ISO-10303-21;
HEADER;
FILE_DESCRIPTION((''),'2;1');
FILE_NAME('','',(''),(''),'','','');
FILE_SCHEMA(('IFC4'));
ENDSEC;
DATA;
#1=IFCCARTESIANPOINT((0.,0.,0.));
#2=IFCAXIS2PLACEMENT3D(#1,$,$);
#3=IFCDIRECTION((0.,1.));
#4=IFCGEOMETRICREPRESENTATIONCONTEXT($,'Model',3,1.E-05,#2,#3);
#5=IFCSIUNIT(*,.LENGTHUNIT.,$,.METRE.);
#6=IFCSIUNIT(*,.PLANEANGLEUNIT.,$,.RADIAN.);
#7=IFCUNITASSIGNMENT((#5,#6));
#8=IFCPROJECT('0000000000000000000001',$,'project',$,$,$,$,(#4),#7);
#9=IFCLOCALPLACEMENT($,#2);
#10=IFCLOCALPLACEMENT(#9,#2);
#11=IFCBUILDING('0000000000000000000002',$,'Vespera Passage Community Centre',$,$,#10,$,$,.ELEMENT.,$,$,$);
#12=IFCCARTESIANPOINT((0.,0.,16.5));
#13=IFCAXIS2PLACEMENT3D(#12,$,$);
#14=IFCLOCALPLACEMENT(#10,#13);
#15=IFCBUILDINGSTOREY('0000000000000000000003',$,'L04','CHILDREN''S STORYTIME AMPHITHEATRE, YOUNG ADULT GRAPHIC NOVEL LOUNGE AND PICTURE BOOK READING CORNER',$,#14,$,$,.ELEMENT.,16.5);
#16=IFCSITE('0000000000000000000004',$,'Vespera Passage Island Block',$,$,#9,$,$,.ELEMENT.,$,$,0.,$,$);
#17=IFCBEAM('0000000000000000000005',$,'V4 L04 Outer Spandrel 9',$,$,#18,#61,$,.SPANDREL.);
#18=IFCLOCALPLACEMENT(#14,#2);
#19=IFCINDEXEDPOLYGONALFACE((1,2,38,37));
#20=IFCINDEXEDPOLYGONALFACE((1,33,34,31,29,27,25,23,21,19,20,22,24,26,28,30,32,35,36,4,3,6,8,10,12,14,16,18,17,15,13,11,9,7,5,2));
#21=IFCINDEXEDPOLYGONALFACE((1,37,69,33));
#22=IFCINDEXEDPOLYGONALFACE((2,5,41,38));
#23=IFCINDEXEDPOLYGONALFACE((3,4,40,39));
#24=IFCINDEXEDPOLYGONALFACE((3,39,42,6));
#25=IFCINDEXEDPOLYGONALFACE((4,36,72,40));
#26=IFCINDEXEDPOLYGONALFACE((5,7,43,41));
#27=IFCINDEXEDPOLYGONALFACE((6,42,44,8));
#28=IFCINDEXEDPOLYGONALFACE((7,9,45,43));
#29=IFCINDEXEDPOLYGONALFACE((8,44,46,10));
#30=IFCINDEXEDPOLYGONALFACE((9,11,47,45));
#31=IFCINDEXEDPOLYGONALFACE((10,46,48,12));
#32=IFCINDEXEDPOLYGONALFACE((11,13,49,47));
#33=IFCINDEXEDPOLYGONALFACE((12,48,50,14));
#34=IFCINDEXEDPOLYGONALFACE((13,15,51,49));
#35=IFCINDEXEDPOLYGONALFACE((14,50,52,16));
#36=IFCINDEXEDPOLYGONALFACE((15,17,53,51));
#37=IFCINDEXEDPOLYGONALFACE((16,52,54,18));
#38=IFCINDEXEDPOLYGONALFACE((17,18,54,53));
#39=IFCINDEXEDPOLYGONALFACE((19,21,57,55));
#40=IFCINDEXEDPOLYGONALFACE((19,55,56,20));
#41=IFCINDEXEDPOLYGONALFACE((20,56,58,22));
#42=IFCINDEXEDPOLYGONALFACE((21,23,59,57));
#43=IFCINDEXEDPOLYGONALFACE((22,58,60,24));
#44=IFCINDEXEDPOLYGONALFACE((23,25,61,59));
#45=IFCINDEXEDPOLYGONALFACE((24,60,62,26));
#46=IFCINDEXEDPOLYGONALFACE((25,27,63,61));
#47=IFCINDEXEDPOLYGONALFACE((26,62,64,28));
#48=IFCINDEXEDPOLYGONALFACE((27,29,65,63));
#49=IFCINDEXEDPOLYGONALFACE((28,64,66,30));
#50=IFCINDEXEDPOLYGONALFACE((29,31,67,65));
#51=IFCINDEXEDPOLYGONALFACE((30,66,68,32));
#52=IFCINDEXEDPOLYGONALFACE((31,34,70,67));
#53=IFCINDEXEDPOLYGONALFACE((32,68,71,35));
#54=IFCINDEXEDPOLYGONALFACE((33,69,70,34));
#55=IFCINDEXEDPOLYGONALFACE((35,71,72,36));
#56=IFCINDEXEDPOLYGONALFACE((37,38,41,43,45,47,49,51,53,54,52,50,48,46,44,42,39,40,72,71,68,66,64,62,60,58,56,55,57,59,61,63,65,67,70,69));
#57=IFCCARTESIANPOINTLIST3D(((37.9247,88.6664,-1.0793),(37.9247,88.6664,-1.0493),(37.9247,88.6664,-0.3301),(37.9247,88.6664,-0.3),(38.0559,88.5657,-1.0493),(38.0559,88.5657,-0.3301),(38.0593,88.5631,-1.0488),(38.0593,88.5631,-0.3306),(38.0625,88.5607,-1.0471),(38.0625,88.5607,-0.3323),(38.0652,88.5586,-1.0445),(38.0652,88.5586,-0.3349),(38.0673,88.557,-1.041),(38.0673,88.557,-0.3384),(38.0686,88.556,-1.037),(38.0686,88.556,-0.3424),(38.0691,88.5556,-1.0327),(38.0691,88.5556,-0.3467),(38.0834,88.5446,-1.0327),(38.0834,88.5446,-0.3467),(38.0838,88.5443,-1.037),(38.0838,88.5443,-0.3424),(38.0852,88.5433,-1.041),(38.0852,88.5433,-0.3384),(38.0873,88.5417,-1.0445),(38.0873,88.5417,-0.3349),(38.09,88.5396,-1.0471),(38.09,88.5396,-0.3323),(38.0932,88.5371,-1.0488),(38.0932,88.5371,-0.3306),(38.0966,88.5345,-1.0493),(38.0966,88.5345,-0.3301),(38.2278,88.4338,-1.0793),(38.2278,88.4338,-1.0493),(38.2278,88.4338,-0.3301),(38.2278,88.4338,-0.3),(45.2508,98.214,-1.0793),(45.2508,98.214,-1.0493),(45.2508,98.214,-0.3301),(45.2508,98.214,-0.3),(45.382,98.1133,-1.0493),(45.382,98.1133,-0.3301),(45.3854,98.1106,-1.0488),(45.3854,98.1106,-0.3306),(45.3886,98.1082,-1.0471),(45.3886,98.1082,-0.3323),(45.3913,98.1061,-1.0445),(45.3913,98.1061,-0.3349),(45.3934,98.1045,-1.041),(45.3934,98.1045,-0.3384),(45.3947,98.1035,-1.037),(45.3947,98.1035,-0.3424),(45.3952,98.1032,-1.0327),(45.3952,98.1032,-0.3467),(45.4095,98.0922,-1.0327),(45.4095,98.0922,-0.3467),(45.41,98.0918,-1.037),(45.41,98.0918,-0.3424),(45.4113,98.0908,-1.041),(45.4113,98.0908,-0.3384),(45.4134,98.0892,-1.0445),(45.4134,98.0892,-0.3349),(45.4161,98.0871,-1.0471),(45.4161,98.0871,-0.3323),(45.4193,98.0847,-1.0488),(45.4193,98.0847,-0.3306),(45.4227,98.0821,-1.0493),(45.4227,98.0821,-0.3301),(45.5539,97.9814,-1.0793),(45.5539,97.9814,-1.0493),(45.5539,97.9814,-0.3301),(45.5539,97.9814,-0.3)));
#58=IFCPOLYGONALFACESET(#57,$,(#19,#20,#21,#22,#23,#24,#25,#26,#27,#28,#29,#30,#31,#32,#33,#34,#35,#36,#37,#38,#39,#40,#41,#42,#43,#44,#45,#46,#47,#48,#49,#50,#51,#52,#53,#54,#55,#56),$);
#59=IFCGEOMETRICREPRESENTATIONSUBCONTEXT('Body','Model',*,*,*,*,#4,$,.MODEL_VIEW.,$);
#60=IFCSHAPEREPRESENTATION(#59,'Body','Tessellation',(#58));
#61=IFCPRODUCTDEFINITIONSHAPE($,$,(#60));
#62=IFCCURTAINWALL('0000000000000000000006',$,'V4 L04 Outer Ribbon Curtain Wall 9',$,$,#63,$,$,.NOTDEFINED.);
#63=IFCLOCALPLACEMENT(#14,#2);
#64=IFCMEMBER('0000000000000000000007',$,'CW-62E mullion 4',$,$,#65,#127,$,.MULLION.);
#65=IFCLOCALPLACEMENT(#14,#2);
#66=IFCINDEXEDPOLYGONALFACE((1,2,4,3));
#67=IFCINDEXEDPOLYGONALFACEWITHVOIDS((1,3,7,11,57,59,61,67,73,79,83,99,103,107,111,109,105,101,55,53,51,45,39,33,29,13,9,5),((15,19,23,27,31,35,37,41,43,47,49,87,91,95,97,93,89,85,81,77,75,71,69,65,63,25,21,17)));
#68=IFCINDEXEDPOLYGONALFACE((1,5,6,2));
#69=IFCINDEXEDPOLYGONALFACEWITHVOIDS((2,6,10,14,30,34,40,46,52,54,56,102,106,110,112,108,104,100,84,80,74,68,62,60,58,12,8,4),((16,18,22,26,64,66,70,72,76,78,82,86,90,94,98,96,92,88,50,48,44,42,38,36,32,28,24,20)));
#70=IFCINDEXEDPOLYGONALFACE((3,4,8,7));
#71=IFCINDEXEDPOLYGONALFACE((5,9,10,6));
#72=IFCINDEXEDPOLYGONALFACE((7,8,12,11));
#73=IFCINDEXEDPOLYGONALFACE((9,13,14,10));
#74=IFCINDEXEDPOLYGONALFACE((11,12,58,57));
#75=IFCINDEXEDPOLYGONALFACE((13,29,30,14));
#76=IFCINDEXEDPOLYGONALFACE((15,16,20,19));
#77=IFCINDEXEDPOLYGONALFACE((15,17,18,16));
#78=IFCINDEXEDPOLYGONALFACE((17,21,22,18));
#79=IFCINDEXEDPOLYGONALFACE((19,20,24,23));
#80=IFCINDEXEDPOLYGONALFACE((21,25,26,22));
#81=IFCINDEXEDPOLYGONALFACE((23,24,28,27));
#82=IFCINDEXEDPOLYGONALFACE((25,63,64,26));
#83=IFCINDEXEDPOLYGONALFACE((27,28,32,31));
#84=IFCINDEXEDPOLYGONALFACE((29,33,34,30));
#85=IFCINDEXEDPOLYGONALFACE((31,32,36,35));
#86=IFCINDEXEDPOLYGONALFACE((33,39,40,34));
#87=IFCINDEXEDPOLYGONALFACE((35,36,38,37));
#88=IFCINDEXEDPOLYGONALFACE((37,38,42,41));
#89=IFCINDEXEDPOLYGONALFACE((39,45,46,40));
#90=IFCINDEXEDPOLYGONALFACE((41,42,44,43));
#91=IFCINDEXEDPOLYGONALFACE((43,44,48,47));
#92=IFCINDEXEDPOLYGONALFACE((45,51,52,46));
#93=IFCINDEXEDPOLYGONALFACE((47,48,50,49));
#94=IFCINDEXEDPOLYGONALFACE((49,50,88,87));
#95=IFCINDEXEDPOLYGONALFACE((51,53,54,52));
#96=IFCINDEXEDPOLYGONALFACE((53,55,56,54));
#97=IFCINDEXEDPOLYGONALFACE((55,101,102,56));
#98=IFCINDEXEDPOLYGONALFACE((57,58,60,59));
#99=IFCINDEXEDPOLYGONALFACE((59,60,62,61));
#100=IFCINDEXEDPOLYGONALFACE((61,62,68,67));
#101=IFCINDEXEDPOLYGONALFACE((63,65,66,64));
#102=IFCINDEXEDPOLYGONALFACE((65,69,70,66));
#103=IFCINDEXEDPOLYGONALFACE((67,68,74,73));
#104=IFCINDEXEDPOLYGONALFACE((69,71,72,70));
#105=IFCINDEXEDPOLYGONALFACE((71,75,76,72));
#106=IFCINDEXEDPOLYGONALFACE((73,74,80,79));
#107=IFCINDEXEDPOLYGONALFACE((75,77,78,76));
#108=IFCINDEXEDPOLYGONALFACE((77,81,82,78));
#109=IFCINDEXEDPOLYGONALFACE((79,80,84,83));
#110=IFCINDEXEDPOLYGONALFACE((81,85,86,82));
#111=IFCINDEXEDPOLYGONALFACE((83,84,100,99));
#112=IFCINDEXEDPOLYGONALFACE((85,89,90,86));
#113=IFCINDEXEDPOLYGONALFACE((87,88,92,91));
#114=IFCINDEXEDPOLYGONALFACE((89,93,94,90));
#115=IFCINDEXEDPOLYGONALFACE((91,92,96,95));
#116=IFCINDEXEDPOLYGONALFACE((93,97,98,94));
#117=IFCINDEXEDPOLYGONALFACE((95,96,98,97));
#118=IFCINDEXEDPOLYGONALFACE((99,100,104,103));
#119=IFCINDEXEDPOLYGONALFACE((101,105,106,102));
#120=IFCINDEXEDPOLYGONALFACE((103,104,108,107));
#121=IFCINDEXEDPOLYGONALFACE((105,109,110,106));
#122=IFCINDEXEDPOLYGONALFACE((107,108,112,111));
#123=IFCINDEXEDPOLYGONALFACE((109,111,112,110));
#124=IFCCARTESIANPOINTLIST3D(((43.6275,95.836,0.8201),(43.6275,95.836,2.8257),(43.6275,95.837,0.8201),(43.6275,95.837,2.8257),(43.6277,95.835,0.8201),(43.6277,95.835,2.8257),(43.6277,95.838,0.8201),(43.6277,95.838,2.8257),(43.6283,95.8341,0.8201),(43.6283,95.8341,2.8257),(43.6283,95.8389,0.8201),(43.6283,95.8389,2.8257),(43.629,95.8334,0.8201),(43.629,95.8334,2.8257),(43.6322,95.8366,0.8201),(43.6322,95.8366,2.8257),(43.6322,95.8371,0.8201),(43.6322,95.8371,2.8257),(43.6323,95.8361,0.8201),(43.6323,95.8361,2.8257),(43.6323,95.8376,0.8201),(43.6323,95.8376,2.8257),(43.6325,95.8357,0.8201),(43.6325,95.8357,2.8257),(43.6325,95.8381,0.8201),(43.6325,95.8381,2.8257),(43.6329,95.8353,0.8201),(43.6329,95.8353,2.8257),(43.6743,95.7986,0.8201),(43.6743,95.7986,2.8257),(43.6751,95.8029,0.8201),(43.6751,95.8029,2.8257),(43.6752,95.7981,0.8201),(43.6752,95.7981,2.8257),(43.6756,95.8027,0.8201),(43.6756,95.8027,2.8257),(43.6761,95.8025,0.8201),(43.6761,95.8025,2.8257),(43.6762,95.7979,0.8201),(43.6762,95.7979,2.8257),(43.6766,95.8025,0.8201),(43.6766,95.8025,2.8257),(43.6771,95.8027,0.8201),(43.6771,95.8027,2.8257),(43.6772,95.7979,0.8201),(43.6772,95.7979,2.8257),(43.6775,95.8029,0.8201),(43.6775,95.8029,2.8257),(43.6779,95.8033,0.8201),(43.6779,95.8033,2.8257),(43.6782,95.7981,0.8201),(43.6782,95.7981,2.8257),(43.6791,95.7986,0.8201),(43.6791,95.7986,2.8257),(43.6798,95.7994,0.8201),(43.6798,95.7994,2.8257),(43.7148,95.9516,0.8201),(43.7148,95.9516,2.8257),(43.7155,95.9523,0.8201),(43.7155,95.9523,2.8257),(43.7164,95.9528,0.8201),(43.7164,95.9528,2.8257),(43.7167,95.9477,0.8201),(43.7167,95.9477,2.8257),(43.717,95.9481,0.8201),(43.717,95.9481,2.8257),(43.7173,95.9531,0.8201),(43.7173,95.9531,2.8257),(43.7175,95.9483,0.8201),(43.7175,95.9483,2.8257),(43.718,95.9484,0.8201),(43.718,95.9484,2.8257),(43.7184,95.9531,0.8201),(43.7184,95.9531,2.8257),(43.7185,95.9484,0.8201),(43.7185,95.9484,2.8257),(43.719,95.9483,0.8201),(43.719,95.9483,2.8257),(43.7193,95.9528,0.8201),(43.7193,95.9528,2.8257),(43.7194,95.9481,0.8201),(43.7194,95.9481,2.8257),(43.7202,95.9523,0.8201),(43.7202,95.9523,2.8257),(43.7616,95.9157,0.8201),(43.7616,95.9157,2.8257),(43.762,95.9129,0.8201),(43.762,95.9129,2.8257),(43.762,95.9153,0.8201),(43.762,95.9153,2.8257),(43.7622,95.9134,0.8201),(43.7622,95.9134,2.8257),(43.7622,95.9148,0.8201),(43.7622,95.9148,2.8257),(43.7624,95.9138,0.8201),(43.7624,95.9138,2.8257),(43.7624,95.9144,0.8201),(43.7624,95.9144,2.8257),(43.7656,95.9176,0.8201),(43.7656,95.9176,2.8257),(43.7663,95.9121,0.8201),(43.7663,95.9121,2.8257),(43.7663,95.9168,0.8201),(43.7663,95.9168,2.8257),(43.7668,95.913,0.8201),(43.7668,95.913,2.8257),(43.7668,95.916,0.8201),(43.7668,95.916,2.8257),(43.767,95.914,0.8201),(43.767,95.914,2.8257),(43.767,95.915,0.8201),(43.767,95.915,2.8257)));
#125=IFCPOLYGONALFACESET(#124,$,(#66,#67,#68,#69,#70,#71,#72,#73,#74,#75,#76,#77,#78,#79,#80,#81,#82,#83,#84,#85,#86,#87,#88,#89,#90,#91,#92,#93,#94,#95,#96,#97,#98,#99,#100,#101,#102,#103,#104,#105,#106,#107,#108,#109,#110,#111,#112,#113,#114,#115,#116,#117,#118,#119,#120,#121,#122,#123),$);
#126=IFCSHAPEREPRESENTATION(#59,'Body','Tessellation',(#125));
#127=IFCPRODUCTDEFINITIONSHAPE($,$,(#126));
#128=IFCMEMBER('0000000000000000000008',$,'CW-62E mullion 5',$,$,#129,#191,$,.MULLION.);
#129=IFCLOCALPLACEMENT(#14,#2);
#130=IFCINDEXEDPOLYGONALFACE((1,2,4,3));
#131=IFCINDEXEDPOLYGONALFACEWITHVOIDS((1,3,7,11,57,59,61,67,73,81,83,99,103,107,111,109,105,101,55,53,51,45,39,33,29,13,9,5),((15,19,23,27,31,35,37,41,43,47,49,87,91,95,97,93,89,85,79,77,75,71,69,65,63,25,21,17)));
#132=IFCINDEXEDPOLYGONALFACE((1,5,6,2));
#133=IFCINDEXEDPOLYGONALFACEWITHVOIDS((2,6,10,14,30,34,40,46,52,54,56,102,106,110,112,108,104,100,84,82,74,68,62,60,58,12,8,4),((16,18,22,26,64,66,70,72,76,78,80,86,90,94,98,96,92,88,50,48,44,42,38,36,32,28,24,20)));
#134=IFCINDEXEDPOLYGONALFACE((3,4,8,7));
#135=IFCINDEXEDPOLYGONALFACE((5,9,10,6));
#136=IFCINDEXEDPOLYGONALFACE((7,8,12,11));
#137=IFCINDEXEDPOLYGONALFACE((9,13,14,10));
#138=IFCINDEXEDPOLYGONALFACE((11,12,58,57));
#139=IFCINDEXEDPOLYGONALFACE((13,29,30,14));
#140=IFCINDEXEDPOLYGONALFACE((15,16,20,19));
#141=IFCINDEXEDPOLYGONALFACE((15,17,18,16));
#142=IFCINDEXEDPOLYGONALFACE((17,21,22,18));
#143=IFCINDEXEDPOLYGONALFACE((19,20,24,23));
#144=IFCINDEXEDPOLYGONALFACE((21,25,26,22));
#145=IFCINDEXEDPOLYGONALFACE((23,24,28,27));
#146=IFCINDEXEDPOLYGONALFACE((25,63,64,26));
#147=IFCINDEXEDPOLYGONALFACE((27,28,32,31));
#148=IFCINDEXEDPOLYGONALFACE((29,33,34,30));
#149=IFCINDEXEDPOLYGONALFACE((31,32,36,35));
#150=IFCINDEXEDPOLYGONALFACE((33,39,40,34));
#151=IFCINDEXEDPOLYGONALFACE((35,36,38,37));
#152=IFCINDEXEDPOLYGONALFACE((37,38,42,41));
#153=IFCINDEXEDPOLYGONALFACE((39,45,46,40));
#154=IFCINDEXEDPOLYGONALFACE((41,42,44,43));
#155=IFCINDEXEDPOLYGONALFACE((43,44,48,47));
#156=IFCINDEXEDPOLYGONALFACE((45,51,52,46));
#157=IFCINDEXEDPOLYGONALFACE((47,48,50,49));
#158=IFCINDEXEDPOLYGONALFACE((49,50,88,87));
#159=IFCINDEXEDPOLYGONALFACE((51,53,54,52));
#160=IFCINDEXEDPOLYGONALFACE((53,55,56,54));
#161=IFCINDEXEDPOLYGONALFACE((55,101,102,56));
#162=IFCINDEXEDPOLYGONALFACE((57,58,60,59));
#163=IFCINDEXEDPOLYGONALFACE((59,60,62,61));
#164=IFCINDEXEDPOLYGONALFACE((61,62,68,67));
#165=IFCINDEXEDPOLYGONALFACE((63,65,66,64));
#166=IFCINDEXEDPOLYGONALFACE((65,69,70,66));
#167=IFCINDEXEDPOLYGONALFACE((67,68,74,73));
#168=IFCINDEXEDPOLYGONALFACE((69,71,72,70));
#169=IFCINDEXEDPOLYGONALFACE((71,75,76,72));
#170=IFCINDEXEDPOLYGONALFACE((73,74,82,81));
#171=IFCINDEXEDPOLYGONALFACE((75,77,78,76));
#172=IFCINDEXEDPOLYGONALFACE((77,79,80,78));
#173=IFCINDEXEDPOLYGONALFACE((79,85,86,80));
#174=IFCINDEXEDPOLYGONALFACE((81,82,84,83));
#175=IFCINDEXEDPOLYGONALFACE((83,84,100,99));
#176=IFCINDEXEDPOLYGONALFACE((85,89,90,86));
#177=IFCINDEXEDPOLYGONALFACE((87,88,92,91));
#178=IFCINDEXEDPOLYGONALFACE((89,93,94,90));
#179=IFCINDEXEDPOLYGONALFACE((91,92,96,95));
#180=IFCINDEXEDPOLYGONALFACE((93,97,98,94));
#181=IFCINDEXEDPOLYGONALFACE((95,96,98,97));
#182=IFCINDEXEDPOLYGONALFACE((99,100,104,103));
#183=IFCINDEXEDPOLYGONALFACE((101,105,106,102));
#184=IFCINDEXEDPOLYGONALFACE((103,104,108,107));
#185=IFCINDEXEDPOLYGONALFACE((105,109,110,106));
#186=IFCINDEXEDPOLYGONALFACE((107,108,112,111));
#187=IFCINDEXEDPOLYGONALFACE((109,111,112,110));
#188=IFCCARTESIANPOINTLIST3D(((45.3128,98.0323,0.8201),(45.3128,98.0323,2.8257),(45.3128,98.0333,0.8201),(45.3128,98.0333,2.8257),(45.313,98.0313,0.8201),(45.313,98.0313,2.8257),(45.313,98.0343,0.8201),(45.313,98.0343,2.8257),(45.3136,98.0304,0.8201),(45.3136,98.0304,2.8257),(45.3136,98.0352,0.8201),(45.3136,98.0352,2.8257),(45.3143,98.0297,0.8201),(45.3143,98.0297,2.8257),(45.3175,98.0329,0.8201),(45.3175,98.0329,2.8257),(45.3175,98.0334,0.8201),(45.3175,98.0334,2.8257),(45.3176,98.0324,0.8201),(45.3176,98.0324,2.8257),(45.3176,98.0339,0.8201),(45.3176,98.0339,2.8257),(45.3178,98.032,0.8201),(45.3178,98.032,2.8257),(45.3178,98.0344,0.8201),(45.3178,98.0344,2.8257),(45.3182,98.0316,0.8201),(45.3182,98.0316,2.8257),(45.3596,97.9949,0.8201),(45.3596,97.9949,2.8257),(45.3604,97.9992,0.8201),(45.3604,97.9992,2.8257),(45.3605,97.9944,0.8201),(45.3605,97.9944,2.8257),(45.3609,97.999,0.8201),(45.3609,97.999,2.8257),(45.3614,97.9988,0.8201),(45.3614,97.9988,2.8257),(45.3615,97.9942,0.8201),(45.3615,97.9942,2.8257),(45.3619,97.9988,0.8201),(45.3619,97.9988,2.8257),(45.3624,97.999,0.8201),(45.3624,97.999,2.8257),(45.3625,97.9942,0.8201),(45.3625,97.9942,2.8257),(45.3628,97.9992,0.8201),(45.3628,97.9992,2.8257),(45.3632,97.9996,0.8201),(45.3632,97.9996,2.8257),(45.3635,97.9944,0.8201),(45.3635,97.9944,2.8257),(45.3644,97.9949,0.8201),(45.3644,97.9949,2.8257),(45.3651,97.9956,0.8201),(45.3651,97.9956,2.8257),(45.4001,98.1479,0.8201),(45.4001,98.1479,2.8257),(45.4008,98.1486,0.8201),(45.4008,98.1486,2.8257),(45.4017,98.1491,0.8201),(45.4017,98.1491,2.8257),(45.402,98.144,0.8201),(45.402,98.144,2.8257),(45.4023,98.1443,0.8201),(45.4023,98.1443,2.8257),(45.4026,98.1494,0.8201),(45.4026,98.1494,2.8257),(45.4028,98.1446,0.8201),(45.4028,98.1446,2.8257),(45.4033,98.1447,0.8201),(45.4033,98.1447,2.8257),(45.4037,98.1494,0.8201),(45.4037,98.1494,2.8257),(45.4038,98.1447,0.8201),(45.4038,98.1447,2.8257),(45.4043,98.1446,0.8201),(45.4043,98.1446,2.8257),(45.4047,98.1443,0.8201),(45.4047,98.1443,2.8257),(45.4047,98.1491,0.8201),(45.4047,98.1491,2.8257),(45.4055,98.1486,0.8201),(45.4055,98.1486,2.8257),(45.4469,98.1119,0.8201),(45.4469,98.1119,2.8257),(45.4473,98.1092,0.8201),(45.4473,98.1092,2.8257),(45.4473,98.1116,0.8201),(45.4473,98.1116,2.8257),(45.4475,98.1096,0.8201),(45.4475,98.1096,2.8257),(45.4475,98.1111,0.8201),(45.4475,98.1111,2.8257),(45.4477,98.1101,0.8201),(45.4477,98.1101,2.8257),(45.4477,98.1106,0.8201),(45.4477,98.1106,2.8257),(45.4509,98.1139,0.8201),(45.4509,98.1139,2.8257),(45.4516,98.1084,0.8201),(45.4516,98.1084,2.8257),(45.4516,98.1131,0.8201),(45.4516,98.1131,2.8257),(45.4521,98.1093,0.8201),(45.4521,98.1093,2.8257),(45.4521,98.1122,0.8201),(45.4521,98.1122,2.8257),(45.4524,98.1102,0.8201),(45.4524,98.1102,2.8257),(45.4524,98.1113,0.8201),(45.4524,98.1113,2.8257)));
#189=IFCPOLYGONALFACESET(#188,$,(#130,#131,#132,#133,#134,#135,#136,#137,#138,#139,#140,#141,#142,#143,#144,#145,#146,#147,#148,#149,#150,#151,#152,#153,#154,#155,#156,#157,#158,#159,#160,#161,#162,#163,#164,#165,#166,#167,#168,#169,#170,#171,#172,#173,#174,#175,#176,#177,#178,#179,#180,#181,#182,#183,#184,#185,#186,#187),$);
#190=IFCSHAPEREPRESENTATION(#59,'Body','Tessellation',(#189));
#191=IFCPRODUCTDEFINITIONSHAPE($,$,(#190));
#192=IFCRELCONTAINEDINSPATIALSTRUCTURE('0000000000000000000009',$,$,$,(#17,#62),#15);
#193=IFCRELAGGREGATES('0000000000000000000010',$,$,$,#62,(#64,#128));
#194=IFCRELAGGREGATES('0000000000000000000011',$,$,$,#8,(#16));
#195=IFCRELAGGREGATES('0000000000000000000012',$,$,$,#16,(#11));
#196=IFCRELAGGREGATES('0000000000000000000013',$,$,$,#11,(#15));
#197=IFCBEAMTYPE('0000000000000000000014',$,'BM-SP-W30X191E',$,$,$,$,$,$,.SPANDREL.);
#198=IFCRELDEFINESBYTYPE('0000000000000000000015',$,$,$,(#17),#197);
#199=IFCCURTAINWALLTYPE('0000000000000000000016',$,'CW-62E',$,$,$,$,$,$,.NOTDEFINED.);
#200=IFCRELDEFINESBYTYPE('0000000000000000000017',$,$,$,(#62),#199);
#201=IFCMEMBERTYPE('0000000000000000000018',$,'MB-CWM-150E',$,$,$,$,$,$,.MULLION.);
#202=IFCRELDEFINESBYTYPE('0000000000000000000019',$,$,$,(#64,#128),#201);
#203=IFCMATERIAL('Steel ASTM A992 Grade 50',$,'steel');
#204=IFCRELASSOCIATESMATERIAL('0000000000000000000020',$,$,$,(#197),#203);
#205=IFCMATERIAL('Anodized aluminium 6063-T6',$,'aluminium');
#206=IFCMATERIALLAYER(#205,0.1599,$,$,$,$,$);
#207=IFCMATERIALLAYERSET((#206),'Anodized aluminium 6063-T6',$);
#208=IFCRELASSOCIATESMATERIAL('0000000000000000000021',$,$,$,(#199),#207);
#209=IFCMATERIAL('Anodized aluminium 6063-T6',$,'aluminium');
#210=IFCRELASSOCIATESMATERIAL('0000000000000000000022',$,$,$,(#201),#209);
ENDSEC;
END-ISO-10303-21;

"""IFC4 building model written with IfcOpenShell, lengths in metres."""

from ifc_helpers import new_model, si_unit, direction, frame, origin, origin_2d, place, context, subcontext, project, spatial, hollow_rectangle, i_section, extrude, material, layer, layer_set, material_profile, profile_set, type_object, element, aggregate, save


model = new_model("IFC4")

# Units and contexts
model_context = context("Model", 3, precision=1e-05, world=origin(), true_north=direction((0.0, 1.0)))
body_context = subcontext(model_context, "Body", "Model", "MODEL_VIEW")
ifc_project = project(units=[si_unit("LENGTHUNIT", "METRE"), si_unit("PLANEANGLEUNIT", "RADIAN")], contexts=[model_context])

# Site, building, storey
site_placement = place(None, origin())
site = spatial("IfcSite", under=ifc_project, at=site_placement, Name="Vespera Passage Island Block", CompositionType="ELEMENT", RefElevation=0.0)
building_placement = place(site_placement, origin())
building = spatial("IfcBuilding", under=site, at=building_placement, Name="Vespera Passage Community Centre", CompositionType="ELEMENT")
storey_placement = place(building_placement, frame((0.0, 0.0, 16.5)))
storey = spatial("IfcBuildingStorey", under=building, at=storey_placement, Name="L04", Description="CHILDREN'S STORYTIME AMPHITHEATRE, YOUNG ADULT GRAPHIC NOVEL LOUNGE AND PICTURE BOOK READING CORNER", CompositionType="ELEMENT", Elevation=16.5)

# Beam
ifc_material_1 = material(Name="Steel ASTM A992 Grade 50", Category="steel")
ifc_material_profile_1 = material_profile(ifc_material_1, i_section(OverallWidth=0.3821, OverallDepth=0.7793, WebThickness=0.0181, FlangeThickness=0.03, FilletRadius=0.0166, at=origin_2d()), Name="W30X191")
ifc_profile_set_1 = profile_set([ifc_material_profile_1], Name="Steel ASTM A992 Grade 50")
beam_type = type_object("IfcBeamType", Name="BM-SP-W30X191E", PredefinedType="SPANDREL", material=ifc_profile_set_1)
beam_placement = place(storey_placement, frame((45.4023, 98.0977, -0.6897), z_axis=(-0.608763, -0.793352, 0.0), x_axis=(0.793352, -0.608763, 0.0)))
element("IfcBeam", 1, at=beam_placement, inside=storey, type_object=beam_type, Name="V4 L04 Outer Spandrel 9", PredefinedType="SPANDREL", context=body_context, shape_type="SweptSolid", body=[
    extrude(i_section(OverallWidth=0.3821, OverallDepth=0.7793, WebThickness=0.0181, FlangeThickness=0.03, FilletRadius=0.0166, at=origin_2d()), origin(), (0.0, 0.0, 1.0), 12.0344),
])

# Curtain wall, members
ifc_material_2 = material(Name="Anodized aluminium 6063-T6", Category="aluminium")
ifc_layer_1 = layer(ifc_material_2, 0.1599)
ifc_layer_set_1 = layer_set([ifc_layer_1], Name="Anodized aluminium 6063-T6")
curtain_wall_type_1 = type_object("IfcCurtainWallType", Name="CW-62E", PredefinedType="NOTDEFINED", material=ifc_layer_set_1)
curtain_wall_1_placement = place(storey_placement, origin())
curtain_wall_1 = element("IfcCurtainWall", 2, at=curtain_wall_1_placement, inside=storey, type_object=curtain_wall_type_1, Name="V4 L04 Outer Ribbon Curtain Wall 9", PredefinedType="NOTDEFINED")
ifc_material_3 = material(Name="Anodized aluminium 6063-T6", Category="aluminium")
ifc_material_profile_2 = material_profile(ifc_material_3, hollow_rectangle(XDim=0.0649, YDim=0.1499, WallThickness=0.0039, InnerFilletRadius=0.002, OuterFilletRadius=0.0039, at=origin_2d()), Name="ALU150X65X4")
ifc_profile_set_2 = profile_set([ifc_material_profile_2], Name="Anodized aluminium 6063-T6")
member_type_1 = type_object("IfcMemberType", Name="MB-CWM-150E", PredefinedType="MULLION", material=ifc_profile_set_2)
member_1_placement = place(storey_placement, frame((43.6973, 95.8755, 0.8201), z_axis=(0.0, 0.0, 1.0), x_axis=(-0.79335, 0.608765, 0.0)))
member_1 = element("IfcMember", 3, at=member_1_placement, type_object=member_type_1, Name="CW-62E mullion 4", PredefinedType="MULLION", context=body_context, shape_type="SweptSolid", body=[
    extrude(hollow_rectangle(XDim=0.0649, YDim=0.1499, WallThickness=0.0039, InnerFilletRadius=0.002, OuterFilletRadius=0.0039, at=origin_2d()), origin(), (0.0, 0.0, 1.0), 2.0056),
])
member_2_placement = place(storey_placement, frame((45.3826, 98.0718, 0.8201), z_axis=(0.0, 0.0, 1.0), x_axis=(-0.79335, 0.608765, 0.0)))
member_2 = element("IfcMember", 4, at=member_2_placement, type_object=member_type_1, Name="CW-62E mullion 5", PredefinedType="MULLION", context=body_context, shape_type="SweptSolid", body=[
    extrude(hollow_rectangle(XDim=0.0649, YDim=0.1499, WallThickness=0.0039, InnerFilletRadius=0.002, OuterFilletRadius=0.0039, at=origin_2d()), origin(), (0.0, 0.0, 1.0), 2.0056),
])

aggregate(curtain_wall_1, [member_1, member_2])

save(model, "model.ifc")
